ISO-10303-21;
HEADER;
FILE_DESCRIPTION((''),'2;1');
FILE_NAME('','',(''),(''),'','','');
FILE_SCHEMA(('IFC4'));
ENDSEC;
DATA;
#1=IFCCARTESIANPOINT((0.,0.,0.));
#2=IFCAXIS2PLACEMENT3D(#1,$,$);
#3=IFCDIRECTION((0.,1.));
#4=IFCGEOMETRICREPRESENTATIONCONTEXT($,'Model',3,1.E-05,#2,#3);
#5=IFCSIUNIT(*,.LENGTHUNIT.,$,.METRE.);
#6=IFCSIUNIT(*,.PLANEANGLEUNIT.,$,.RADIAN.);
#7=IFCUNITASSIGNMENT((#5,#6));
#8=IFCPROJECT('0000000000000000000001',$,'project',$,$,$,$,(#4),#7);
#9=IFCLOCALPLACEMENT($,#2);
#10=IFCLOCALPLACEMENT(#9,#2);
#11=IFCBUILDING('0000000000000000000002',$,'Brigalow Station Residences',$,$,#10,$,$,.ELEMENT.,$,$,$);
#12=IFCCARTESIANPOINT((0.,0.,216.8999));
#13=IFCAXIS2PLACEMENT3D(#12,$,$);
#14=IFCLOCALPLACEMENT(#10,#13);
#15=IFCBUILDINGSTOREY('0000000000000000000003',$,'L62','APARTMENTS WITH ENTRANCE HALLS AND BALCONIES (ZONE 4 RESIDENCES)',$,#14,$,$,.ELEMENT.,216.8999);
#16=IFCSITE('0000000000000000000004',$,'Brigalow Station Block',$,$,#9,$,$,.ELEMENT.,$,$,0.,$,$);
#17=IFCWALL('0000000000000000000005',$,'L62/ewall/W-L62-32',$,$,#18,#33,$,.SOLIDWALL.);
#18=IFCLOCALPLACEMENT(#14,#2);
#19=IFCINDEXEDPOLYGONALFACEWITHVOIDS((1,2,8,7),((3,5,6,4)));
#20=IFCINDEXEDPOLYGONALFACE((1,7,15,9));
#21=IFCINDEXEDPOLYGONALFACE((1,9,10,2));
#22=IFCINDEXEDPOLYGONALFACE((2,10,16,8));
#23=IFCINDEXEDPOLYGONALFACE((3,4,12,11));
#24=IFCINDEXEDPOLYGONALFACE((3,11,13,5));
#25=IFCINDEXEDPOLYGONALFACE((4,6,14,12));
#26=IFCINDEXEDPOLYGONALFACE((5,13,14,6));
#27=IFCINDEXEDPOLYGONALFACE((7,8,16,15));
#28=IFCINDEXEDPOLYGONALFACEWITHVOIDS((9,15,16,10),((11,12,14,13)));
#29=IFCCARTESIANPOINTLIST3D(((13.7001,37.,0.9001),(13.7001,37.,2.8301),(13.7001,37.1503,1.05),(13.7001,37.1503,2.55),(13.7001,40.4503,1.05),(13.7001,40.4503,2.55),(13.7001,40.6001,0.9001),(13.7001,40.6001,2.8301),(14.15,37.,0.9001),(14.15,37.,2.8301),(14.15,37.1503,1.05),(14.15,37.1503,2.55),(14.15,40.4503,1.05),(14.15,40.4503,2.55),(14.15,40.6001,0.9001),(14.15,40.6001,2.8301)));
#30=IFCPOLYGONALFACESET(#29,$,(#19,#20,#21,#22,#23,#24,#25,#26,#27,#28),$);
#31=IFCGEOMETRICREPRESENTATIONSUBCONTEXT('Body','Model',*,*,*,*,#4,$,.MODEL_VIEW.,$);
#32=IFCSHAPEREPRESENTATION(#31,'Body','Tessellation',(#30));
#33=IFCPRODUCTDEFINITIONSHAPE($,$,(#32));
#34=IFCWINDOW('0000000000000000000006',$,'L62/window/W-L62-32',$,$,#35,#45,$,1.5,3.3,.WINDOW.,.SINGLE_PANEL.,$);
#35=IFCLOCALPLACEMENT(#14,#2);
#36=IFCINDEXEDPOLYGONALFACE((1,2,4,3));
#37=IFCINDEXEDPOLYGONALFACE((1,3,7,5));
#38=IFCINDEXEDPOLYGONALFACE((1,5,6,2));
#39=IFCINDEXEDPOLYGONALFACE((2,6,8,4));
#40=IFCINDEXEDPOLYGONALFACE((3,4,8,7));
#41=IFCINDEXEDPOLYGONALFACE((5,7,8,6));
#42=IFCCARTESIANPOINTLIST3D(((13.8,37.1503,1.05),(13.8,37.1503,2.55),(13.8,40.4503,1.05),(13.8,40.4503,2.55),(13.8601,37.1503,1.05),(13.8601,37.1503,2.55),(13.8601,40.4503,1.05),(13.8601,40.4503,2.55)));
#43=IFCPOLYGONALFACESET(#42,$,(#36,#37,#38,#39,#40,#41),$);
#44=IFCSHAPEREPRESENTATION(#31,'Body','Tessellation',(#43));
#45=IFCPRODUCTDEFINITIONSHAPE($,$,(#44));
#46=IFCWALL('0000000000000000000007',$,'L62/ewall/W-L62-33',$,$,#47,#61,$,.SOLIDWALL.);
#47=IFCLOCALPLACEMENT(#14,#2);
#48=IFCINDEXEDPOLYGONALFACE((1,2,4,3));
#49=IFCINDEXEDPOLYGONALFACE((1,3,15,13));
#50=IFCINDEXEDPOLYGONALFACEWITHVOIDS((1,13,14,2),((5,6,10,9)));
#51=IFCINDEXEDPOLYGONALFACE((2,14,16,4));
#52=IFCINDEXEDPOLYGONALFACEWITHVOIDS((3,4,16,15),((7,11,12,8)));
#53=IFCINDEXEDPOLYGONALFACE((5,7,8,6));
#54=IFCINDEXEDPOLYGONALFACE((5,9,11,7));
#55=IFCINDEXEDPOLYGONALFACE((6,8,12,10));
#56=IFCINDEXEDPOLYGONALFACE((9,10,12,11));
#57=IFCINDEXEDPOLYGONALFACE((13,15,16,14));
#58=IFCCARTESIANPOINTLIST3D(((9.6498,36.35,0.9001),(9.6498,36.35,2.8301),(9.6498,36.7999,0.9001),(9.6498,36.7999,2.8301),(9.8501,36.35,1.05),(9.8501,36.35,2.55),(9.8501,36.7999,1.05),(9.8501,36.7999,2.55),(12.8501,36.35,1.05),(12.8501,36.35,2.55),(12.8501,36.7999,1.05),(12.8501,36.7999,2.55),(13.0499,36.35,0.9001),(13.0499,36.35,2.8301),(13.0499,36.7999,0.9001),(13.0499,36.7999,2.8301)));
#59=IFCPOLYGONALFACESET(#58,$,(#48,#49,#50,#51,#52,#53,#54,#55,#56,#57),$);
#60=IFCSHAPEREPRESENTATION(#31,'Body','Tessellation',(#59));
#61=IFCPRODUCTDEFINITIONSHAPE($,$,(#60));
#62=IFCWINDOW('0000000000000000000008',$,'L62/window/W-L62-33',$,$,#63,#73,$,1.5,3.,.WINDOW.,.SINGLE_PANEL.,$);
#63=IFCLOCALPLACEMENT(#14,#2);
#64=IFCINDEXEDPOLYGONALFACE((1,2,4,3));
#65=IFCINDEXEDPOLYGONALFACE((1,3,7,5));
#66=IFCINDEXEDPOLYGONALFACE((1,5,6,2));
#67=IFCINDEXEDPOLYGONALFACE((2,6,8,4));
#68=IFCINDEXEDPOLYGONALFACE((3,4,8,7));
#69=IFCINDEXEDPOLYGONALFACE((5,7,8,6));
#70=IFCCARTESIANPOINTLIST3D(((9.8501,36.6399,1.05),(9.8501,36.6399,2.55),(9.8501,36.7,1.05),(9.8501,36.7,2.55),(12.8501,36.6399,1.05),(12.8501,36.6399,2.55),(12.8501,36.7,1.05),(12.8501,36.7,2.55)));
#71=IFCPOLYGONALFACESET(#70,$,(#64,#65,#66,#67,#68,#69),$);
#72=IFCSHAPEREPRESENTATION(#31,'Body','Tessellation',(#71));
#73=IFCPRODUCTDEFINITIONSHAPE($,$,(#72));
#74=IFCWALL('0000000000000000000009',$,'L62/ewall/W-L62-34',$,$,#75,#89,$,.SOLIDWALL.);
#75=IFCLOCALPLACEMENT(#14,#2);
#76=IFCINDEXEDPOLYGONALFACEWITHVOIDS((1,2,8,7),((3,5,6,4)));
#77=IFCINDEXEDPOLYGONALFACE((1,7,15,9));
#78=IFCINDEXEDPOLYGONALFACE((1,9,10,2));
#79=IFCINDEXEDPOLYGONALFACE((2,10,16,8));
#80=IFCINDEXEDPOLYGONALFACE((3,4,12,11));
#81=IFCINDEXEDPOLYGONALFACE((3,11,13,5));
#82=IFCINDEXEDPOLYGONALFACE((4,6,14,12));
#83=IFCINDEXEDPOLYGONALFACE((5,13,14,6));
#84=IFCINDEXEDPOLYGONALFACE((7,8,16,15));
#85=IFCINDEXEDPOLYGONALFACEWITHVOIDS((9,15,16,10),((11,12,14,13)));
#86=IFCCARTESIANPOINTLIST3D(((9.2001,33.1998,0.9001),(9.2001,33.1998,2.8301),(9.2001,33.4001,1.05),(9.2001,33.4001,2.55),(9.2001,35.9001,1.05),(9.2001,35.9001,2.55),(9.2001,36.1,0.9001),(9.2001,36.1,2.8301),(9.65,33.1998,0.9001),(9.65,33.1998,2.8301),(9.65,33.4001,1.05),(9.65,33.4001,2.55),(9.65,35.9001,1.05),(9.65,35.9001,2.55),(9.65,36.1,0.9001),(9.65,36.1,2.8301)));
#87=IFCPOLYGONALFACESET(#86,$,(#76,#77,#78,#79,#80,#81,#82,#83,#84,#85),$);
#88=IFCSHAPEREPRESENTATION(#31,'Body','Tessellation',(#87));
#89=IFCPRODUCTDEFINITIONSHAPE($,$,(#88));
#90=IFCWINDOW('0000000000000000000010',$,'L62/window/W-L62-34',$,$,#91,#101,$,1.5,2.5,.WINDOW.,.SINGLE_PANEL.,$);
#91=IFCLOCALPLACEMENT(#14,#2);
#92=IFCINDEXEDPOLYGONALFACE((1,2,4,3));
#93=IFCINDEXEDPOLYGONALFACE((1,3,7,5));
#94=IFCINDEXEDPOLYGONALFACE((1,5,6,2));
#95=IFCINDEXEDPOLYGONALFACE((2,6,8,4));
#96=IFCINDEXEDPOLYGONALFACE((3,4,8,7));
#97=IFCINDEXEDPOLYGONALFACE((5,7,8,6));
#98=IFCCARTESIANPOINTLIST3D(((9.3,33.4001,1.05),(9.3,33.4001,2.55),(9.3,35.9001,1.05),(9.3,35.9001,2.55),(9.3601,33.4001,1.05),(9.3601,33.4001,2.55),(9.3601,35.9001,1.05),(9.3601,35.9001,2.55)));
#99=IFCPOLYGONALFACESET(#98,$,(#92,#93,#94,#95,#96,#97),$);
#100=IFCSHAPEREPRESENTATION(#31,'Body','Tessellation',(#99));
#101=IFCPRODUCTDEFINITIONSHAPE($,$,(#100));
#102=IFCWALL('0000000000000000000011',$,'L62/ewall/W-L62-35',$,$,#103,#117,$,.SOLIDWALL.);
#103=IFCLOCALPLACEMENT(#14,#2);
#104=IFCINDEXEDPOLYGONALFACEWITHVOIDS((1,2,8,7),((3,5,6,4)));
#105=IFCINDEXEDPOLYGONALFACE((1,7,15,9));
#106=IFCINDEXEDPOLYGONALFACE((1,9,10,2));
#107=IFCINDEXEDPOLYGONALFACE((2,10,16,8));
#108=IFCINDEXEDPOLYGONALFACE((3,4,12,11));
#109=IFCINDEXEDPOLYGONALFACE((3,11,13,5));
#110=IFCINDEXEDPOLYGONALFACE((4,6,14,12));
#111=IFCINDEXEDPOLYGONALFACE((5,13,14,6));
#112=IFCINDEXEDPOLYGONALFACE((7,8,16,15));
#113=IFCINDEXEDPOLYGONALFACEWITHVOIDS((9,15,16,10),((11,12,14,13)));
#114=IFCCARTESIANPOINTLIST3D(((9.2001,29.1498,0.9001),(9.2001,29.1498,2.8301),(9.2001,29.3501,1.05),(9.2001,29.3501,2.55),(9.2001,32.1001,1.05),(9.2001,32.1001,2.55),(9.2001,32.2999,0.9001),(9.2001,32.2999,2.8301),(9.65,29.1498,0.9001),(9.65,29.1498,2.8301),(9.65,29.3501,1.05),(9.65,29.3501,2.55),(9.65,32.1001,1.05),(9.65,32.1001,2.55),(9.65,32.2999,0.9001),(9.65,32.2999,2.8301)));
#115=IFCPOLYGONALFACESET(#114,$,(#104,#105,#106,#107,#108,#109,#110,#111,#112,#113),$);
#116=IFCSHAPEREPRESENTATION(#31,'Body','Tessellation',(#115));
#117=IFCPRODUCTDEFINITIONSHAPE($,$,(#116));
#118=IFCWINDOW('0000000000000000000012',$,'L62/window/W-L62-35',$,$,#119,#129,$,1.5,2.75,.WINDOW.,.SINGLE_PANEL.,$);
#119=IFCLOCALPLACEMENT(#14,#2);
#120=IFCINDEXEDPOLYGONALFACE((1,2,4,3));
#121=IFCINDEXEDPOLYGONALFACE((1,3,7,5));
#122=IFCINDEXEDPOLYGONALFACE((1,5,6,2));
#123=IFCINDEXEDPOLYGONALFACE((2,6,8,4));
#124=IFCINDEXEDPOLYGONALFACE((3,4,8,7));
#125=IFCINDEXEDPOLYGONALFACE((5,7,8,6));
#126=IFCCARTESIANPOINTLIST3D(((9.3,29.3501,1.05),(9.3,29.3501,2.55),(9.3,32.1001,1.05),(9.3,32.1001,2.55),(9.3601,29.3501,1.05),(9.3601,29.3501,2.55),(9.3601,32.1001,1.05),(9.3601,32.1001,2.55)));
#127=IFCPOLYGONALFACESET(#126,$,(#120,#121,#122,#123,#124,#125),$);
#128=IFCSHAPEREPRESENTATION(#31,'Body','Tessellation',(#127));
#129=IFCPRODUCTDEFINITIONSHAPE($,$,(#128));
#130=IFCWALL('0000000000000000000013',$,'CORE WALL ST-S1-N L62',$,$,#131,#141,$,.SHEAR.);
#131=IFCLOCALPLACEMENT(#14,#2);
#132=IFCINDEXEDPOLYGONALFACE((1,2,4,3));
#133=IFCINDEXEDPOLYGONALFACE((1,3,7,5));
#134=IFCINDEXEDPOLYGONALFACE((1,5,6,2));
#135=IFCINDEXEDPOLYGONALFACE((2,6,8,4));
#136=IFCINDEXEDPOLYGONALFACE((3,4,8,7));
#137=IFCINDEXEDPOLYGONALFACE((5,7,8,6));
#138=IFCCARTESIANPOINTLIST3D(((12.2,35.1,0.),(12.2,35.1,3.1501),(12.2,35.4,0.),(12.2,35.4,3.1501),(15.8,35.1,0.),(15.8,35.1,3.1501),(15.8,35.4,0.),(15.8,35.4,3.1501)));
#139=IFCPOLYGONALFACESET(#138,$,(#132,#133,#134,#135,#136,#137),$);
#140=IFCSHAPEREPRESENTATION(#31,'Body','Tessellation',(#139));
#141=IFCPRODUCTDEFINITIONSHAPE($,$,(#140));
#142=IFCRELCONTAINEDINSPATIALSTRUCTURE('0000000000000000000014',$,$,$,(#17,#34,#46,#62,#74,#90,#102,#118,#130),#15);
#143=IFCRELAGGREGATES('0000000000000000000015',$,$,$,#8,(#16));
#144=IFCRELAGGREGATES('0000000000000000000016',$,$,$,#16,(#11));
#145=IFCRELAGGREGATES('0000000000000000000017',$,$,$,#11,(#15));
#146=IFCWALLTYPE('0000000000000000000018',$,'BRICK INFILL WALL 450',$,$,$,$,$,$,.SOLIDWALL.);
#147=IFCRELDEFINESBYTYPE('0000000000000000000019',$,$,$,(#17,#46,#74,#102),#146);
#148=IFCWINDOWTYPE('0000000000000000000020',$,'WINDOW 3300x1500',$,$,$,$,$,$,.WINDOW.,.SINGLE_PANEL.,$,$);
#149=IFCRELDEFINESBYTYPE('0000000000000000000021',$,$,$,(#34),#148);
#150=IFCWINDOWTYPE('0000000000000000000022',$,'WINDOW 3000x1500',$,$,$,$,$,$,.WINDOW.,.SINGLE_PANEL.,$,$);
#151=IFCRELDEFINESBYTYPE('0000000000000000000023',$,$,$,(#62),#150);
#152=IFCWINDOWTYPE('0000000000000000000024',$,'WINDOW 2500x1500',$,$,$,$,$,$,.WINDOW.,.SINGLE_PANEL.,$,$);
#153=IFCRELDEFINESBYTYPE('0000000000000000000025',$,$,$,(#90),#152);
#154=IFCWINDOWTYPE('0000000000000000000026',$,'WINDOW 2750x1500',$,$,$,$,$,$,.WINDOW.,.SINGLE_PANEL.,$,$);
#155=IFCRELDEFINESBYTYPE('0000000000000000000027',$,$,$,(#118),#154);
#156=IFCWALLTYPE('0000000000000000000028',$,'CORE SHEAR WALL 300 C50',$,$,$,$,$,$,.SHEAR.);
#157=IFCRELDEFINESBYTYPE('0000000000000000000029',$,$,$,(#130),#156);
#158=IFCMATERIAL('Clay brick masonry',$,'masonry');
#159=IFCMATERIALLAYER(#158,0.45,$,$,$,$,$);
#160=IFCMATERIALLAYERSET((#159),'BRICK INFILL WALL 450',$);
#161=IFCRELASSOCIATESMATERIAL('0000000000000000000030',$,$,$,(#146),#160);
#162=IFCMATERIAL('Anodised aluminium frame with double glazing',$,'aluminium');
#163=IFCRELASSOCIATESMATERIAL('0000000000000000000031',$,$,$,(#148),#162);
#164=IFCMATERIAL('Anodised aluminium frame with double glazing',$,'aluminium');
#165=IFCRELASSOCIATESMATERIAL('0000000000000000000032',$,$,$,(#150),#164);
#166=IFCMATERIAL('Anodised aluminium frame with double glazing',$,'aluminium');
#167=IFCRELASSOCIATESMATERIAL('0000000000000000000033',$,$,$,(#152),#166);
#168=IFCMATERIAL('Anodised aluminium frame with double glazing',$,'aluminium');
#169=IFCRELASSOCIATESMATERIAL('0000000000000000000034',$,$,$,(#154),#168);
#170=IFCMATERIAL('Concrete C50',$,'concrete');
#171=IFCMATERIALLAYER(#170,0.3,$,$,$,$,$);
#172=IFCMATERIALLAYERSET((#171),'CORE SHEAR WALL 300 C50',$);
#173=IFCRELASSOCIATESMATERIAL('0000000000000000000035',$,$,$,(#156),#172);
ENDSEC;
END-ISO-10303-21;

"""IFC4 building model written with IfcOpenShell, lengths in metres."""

from ifc_helpers import new_model, si_unit, direction, frame, frame_2d, origin, place, context, subcontext, project, spatial, rectangle, extrude, material, layer, layer_set, type_object, element, fill, save


model = new_model("IFC4")

# Units and contexts
model_context = context("Model", 3, precision=1e-05, world=origin(), true_north=direction((0.0, 1.0)))
body_context = subcontext(model_context, "Body", "Model", "MODEL_VIEW")
ifc_project = project(units=[si_unit("LENGTHUNIT", "METRE"), si_unit("PLANEANGLEUNIT", "RADIAN")], contexts=[model_context])

# Site, building, storey
site_placement = place(None, origin())
site = spatial("IfcSite", under=ifc_project, at=site_placement, Name="Brigalow Station Block", CompositionType="ELEMENT", RefElevation=0.0)
building_placement = place(site_placement, origin())
building = spatial("IfcBuilding", under=site, at=building_placement, Name="Brigalow Station Residences", CompositionType="ELEMENT")
storey_placement = place(building_placement, frame((0.0, 0.0, 216.8999)))
storey = spatial("IfcBuildingStorey", under=building, at=storey_placement, Name="L62", Description="APARTMENTS WITH ENTRANCE HALLS AND BALCONIES (ZONE 4 RESIDENCES)", CompositionType="ELEMENT", Elevation=216.8999)

# Shared definitions
ifc_material_1 = material(Name="Clay brick masonry", Category="masonry")
ifc_layer_1 = layer(ifc_material_1, 0.45)
ifc_layer_set_1 = layer_set([ifc_layer_1], Name="BRICK INFILL WALL 450")
wall_type_1 = type_object("IfcWallType", Name="BRICK INFILL WALL 450", PredefinedType="SOLIDWALL", material=ifc_layer_set_1)

# Walls, openings, windows
wall_1_placement = place(storey_placement, frame((13.925, 40.6001, 0.9001), z_axis=(0.0, 0.0, 1.0), x_axis=(0.0, -1.0, 0.0)))
wall_1 = element("IfcWall", 1, at=wall_1_placement, inside=storey, type_object=wall_type_1, Name="L62/ewall/W-L62-32", PredefinedType="SOLIDWALL", context=body_context, shape_type="SweptSolid", body=[
    extrude(rectangle(XDim=3.6001, YDim=0.45, at=frame_2d((1.8, 0.0))), origin(), (0.0, 0.0, 1.0), 1.9299),
])
opening_1_placement = place(wall_1_placement, frame((0.1499, 0.0, 0.1499)))
opening_1 = element("IfcOpeningElement", 2, at=opening_1_placement, cuts=wall_1, PredefinedType="OPENING", context=body_context, shape_type="SweptSolid", body=[
    extrude(rectangle(XDim=3.3, YDim=1.5, at=frame_2d((1.6499, 0.75))), frame((0.0, 0.2349, 0.0), z_axis=(0.0, -1.0, 0.0), x_axis=(1.0, 0.0, 0.0)), (0.0, 0.0, 1.0), 0.47),
])
ifc_material_2 = material(Name="Anodised aluminium frame with double glazing", Category="aluminium")
window_type_1 = type_object("IfcWindowType", Name="WINDOW 3300x1500", PartitioningType="SINGLE_PANEL", PredefinedType="WINDOW", material=ifc_material_2)
window_1_placement = place(opening_1_placement, origin())
window_1 = element("IfcWindow", 3, at=window_1_placement, inside=storey, type_object=window_type_1, Name="L62/window/W-L62-32", OverallHeight=1.5, OverallWidth=3.3, PartitioningType="SINGLE_PANEL", PredefinedType="WINDOW", context=body_context, shape_type="SweptSolid", body=[
    extrude(rectangle(XDim=3.3, YDim=1.5, at=frame_2d((1.6499, 0.75))), frame((0.0, -0.0649, 0.0), z_axis=(0.0, -1.0, 0.0), x_axis=(1.0, 0.0, 0.0)), (0.0, 0.0, 1.0), 0.0601),
])
fill(opening_1, window_1)
wall_2_placement = place(storey_placement, frame((13.05, 36.575, 0.9001), z_axis=(0.0, 0.0, 1.0), x_axis=(-1.0, 0.0, 0.0)))
wall_2 = element("IfcWall", 4, at=wall_2_placement, inside=storey, type_object=wall_type_1, Name="L62/ewall/W-L62-33", PredefinedType="SOLIDWALL", context=body_context, shape_type="SweptSolid", body=[
    extrude(rectangle(XDim=3.4001, YDim=0.45, at=frame_2d((1.7002, 0.0))), origin(), (0.0, 0.0, 1.0), 1.9299),
])
opening_2_placement = place(wall_2_placement, frame((0.2, 0.0, 0.1499)))
opening_2 = element("IfcOpeningElement", 5, at=opening_2_placement, cuts=wall_2, PredefinedType="OPENING", context=body_context, shape_type="SweptSolid", body=[
    extrude(rectangle(XDim=3.0, YDim=1.5, at=frame_2d((1.5, 0.75))), frame((0.0, 0.2349, 0.0), z_axis=(0.0, -1.0, 0.0), x_axis=(1.0, 0.0, 0.0)), (0.0, 0.0, 1.0), 0.47),
])
ifc_material_3 = material(Name="Anodised aluminium frame with double glazing", Category="aluminium")
window_type_2 = type_object("IfcWindowType", Name="WINDOW 3000x1500", PartitioningType="SINGLE_PANEL", PredefinedType="WINDOW", material=ifc_material_3)
window_2_placement = place(opening_2_placement, origin())
window_2 = element("IfcWindow", 6, at=window_2_placement, inside=storey, type_object=window_type_2, Name="L62/window/W-L62-33", OverallHeight=1.5, OverallWidth=3.0, PartitioningType="SINGLE_PANEL", PredefinedType="WINDOW", context=body_context, shape_type="SweptSolid", body=[
    extrude(rectangle(XDim=3.0, YDim=1.5, at=frame_2d((1.5, 0.75))), frame((0.0, -0.0649, 0.0), z_axis=(0.0, -1.0, 0.0), x_axis=(1.0, 0.0, 0.0)), (0.0, 0.0, 1.0), 0.0601),
])
fill(opening_2, window_2)
wall_3_placement = place(storey_placement, frame((9.425, 36.1001, 0.9001), z_axis=(0.0, 0.0, 1.0), x_axis=(0.0, -1.0, 0.0)))
wall_3 = element("IfcWall", 7, at=wall_3_placement, inside=storey, type_object=wall_type_1, Name="L62/ewall/W-L62-34", PredefinedType="SOLIDWALL", context=body_context, shape_type="SweptSolid", body=[
    extrude(rectangle(XDim=2.9001, YDim=0.45, at=frame_2d((1.4502, 0.0))), origin(), (0.0, 0.0, 1.0), 1.9299),
])
opening_3_placement = place(wall_3_placement, frame((0.2, 0.0, 0.1499)))
opening_3 = element("IfcOpeningElement", 8, at=opening_3_placement, cuts=wall_3, PredefinedType="OPENING", context=body_context, shape_type="SweptSolid", body=[
    extrude(rectangle(XDim=2.5, YDim=1.5, at=frame_2d((1.25, 0.75))), frame((0.0, 0.2349, 0.0), z_axis=(0.0, -1.0, 0.0), x_axis=(1.0, 0.0, 0.0)), (0.0, 0.0, 1.0), 0.47),
])
ifc_material_4 = material(Name="Anodised aluminium frame with double glazing", Category="aluminium")
window_type_3 = type_object("IfcWindowType", Name="WINDOW 2500x1500", PartitioningType="SINGLE_PANEL", PredefinedType="WINDOW", material=ifc_material_4)
window_3_placement = place(opening_3_placement, origin())
window_3 = element("IfcWindow", 9, at=window_3_placement, inside=storey, type_object=window_type_3, Name="L62/window/W-L62-34", OverallHeight=1.5, OverallWidth=2.5, PartitioningType="SINGLE_PANEL", PredefinedType="WINDOW", context=body_context, shape_type="SweptSolid", body=[
    extrude(rectangle(XDim=2.5, YDim=1.5, at=frame_2d((1.25, 0.75))), frame((0.0, -0.0649, 0.0), z_axis=(0.0, -1.0, 0.0), x_axis=(1.0, 0.0, 0.0)), (0.0, 0.0, 1.0), 0.0601),
])
fill(opening_3, window_3)
wall_4_placement = place(storey_placement, frame((9.425, 32.3, 0.9001), z_axis=(0.0, 0.0, 1.0), x_axis=(0.0, -1.0, 0.0)))
wall_4 = element("IfcWall", 10, at=wall_4_placement, inside=storey, type_object=wall_type_1, Name="L62/ewall/W-L62-35", PredefinedType="SOLIDWALL", context=body_context, shape_type="SweptSolid", body=[
    extrude(rectangle(XDim=3.1501, YDim=0.45, at=frame_2d((1.5752, 0.0))), origin(), (0.0, 0.0, 1.0), 1.9299),
])
opening_4_placement = place(wall_4_placement, frame((0.2, 0.0, 0.1499)))
opening_4 = element("IfcOpeningElement", 11, at=opening_4_placement, cuts=wall_4, PredefinedType="OPENING", context=body_context, shape_type="SweptSolid", body=[
    extrude(rectangle(XDim=2.75, YDim=1.5, at=frame_2d((1.375, 0.75))), frame((0.0, 0.2349, 0.0), z_axis=(0.0, -1.0, 0.0), x_axis=(1.0, 0.0, 0.0)), (0.0, 0.0, 1.0), 0.47),
])
ifc_material_5 = material(Name="Anodised aluminium frame with double glazing", Category="aluminium")
window_type_4 = type_object("IfcWindowType", Name="WINDOW 2750x1500", PartitioningType="SINGLE_PANEL", PredefinedType="WINDOW", material=ifc_material_5)
window_4_placement = place(opening_4_placement, origin())
window_4 = element("IfcWindow", 12, at=window_4_placement, inside=storey, type_object=window_type_4, Name="L62/window/W-L62-35", OverallHeight=1.5, OverallWidth=2.75, PartitioningType="SINGLE_PANEL", PredefinedType="WINDOW", context=body_context, shape_type="SweptSolid", body=[
    extrude(rectangle(XDim=2.75, YDim=1.5, at=frame_2d((1.375, 0.75))), frame((0.0, -0.0649, 0.0), z_axis=(0.0, -1.0, 0.0), x_axis=(1.0, 0.0, 0.0)), (0.0, 0.0, 1.0), 0.0601),
])
fill(opening_4, window_4)

# Wall
ifc_material_6 = material(Name="Concrete C50", Category="concrete")
ifc_layer_2 = layer(ifc_material_6, 0.3)
ifc_layer_set_2 = layer_set([ifc_layer_2], Name="CORE SHEAR WALL 300 C50")
wall_type_2 = type_object("IfcWallType", Name="CORE SHEAR WALL 300 C50", PredefinedType="SHEAR", material=ifc_layer_set_2)
wall_5_placement = place(storey_placement, frame((12.2, 35.25, 0.0), z_axis=(0.0, 0.0, 1.0), x_axis=(1.0, 0.0, 0.0)))
element("IfcWall", 13, at=wall_5_placement, inside=storey, type_object=wall_type_2, Name="CORE WALL ST-S1-N L62", PredefinedType="SHEAR", context=body_context, shape_type="SweptSolid", body=[
    extrude(rectangle(XDim=3.6001, YDim=0.3, at=frame_2d((1.8, 0.0))), origin(), (0.0, 0.0, 1.0), 3.1501),
])

save(model, "model.ifc")
